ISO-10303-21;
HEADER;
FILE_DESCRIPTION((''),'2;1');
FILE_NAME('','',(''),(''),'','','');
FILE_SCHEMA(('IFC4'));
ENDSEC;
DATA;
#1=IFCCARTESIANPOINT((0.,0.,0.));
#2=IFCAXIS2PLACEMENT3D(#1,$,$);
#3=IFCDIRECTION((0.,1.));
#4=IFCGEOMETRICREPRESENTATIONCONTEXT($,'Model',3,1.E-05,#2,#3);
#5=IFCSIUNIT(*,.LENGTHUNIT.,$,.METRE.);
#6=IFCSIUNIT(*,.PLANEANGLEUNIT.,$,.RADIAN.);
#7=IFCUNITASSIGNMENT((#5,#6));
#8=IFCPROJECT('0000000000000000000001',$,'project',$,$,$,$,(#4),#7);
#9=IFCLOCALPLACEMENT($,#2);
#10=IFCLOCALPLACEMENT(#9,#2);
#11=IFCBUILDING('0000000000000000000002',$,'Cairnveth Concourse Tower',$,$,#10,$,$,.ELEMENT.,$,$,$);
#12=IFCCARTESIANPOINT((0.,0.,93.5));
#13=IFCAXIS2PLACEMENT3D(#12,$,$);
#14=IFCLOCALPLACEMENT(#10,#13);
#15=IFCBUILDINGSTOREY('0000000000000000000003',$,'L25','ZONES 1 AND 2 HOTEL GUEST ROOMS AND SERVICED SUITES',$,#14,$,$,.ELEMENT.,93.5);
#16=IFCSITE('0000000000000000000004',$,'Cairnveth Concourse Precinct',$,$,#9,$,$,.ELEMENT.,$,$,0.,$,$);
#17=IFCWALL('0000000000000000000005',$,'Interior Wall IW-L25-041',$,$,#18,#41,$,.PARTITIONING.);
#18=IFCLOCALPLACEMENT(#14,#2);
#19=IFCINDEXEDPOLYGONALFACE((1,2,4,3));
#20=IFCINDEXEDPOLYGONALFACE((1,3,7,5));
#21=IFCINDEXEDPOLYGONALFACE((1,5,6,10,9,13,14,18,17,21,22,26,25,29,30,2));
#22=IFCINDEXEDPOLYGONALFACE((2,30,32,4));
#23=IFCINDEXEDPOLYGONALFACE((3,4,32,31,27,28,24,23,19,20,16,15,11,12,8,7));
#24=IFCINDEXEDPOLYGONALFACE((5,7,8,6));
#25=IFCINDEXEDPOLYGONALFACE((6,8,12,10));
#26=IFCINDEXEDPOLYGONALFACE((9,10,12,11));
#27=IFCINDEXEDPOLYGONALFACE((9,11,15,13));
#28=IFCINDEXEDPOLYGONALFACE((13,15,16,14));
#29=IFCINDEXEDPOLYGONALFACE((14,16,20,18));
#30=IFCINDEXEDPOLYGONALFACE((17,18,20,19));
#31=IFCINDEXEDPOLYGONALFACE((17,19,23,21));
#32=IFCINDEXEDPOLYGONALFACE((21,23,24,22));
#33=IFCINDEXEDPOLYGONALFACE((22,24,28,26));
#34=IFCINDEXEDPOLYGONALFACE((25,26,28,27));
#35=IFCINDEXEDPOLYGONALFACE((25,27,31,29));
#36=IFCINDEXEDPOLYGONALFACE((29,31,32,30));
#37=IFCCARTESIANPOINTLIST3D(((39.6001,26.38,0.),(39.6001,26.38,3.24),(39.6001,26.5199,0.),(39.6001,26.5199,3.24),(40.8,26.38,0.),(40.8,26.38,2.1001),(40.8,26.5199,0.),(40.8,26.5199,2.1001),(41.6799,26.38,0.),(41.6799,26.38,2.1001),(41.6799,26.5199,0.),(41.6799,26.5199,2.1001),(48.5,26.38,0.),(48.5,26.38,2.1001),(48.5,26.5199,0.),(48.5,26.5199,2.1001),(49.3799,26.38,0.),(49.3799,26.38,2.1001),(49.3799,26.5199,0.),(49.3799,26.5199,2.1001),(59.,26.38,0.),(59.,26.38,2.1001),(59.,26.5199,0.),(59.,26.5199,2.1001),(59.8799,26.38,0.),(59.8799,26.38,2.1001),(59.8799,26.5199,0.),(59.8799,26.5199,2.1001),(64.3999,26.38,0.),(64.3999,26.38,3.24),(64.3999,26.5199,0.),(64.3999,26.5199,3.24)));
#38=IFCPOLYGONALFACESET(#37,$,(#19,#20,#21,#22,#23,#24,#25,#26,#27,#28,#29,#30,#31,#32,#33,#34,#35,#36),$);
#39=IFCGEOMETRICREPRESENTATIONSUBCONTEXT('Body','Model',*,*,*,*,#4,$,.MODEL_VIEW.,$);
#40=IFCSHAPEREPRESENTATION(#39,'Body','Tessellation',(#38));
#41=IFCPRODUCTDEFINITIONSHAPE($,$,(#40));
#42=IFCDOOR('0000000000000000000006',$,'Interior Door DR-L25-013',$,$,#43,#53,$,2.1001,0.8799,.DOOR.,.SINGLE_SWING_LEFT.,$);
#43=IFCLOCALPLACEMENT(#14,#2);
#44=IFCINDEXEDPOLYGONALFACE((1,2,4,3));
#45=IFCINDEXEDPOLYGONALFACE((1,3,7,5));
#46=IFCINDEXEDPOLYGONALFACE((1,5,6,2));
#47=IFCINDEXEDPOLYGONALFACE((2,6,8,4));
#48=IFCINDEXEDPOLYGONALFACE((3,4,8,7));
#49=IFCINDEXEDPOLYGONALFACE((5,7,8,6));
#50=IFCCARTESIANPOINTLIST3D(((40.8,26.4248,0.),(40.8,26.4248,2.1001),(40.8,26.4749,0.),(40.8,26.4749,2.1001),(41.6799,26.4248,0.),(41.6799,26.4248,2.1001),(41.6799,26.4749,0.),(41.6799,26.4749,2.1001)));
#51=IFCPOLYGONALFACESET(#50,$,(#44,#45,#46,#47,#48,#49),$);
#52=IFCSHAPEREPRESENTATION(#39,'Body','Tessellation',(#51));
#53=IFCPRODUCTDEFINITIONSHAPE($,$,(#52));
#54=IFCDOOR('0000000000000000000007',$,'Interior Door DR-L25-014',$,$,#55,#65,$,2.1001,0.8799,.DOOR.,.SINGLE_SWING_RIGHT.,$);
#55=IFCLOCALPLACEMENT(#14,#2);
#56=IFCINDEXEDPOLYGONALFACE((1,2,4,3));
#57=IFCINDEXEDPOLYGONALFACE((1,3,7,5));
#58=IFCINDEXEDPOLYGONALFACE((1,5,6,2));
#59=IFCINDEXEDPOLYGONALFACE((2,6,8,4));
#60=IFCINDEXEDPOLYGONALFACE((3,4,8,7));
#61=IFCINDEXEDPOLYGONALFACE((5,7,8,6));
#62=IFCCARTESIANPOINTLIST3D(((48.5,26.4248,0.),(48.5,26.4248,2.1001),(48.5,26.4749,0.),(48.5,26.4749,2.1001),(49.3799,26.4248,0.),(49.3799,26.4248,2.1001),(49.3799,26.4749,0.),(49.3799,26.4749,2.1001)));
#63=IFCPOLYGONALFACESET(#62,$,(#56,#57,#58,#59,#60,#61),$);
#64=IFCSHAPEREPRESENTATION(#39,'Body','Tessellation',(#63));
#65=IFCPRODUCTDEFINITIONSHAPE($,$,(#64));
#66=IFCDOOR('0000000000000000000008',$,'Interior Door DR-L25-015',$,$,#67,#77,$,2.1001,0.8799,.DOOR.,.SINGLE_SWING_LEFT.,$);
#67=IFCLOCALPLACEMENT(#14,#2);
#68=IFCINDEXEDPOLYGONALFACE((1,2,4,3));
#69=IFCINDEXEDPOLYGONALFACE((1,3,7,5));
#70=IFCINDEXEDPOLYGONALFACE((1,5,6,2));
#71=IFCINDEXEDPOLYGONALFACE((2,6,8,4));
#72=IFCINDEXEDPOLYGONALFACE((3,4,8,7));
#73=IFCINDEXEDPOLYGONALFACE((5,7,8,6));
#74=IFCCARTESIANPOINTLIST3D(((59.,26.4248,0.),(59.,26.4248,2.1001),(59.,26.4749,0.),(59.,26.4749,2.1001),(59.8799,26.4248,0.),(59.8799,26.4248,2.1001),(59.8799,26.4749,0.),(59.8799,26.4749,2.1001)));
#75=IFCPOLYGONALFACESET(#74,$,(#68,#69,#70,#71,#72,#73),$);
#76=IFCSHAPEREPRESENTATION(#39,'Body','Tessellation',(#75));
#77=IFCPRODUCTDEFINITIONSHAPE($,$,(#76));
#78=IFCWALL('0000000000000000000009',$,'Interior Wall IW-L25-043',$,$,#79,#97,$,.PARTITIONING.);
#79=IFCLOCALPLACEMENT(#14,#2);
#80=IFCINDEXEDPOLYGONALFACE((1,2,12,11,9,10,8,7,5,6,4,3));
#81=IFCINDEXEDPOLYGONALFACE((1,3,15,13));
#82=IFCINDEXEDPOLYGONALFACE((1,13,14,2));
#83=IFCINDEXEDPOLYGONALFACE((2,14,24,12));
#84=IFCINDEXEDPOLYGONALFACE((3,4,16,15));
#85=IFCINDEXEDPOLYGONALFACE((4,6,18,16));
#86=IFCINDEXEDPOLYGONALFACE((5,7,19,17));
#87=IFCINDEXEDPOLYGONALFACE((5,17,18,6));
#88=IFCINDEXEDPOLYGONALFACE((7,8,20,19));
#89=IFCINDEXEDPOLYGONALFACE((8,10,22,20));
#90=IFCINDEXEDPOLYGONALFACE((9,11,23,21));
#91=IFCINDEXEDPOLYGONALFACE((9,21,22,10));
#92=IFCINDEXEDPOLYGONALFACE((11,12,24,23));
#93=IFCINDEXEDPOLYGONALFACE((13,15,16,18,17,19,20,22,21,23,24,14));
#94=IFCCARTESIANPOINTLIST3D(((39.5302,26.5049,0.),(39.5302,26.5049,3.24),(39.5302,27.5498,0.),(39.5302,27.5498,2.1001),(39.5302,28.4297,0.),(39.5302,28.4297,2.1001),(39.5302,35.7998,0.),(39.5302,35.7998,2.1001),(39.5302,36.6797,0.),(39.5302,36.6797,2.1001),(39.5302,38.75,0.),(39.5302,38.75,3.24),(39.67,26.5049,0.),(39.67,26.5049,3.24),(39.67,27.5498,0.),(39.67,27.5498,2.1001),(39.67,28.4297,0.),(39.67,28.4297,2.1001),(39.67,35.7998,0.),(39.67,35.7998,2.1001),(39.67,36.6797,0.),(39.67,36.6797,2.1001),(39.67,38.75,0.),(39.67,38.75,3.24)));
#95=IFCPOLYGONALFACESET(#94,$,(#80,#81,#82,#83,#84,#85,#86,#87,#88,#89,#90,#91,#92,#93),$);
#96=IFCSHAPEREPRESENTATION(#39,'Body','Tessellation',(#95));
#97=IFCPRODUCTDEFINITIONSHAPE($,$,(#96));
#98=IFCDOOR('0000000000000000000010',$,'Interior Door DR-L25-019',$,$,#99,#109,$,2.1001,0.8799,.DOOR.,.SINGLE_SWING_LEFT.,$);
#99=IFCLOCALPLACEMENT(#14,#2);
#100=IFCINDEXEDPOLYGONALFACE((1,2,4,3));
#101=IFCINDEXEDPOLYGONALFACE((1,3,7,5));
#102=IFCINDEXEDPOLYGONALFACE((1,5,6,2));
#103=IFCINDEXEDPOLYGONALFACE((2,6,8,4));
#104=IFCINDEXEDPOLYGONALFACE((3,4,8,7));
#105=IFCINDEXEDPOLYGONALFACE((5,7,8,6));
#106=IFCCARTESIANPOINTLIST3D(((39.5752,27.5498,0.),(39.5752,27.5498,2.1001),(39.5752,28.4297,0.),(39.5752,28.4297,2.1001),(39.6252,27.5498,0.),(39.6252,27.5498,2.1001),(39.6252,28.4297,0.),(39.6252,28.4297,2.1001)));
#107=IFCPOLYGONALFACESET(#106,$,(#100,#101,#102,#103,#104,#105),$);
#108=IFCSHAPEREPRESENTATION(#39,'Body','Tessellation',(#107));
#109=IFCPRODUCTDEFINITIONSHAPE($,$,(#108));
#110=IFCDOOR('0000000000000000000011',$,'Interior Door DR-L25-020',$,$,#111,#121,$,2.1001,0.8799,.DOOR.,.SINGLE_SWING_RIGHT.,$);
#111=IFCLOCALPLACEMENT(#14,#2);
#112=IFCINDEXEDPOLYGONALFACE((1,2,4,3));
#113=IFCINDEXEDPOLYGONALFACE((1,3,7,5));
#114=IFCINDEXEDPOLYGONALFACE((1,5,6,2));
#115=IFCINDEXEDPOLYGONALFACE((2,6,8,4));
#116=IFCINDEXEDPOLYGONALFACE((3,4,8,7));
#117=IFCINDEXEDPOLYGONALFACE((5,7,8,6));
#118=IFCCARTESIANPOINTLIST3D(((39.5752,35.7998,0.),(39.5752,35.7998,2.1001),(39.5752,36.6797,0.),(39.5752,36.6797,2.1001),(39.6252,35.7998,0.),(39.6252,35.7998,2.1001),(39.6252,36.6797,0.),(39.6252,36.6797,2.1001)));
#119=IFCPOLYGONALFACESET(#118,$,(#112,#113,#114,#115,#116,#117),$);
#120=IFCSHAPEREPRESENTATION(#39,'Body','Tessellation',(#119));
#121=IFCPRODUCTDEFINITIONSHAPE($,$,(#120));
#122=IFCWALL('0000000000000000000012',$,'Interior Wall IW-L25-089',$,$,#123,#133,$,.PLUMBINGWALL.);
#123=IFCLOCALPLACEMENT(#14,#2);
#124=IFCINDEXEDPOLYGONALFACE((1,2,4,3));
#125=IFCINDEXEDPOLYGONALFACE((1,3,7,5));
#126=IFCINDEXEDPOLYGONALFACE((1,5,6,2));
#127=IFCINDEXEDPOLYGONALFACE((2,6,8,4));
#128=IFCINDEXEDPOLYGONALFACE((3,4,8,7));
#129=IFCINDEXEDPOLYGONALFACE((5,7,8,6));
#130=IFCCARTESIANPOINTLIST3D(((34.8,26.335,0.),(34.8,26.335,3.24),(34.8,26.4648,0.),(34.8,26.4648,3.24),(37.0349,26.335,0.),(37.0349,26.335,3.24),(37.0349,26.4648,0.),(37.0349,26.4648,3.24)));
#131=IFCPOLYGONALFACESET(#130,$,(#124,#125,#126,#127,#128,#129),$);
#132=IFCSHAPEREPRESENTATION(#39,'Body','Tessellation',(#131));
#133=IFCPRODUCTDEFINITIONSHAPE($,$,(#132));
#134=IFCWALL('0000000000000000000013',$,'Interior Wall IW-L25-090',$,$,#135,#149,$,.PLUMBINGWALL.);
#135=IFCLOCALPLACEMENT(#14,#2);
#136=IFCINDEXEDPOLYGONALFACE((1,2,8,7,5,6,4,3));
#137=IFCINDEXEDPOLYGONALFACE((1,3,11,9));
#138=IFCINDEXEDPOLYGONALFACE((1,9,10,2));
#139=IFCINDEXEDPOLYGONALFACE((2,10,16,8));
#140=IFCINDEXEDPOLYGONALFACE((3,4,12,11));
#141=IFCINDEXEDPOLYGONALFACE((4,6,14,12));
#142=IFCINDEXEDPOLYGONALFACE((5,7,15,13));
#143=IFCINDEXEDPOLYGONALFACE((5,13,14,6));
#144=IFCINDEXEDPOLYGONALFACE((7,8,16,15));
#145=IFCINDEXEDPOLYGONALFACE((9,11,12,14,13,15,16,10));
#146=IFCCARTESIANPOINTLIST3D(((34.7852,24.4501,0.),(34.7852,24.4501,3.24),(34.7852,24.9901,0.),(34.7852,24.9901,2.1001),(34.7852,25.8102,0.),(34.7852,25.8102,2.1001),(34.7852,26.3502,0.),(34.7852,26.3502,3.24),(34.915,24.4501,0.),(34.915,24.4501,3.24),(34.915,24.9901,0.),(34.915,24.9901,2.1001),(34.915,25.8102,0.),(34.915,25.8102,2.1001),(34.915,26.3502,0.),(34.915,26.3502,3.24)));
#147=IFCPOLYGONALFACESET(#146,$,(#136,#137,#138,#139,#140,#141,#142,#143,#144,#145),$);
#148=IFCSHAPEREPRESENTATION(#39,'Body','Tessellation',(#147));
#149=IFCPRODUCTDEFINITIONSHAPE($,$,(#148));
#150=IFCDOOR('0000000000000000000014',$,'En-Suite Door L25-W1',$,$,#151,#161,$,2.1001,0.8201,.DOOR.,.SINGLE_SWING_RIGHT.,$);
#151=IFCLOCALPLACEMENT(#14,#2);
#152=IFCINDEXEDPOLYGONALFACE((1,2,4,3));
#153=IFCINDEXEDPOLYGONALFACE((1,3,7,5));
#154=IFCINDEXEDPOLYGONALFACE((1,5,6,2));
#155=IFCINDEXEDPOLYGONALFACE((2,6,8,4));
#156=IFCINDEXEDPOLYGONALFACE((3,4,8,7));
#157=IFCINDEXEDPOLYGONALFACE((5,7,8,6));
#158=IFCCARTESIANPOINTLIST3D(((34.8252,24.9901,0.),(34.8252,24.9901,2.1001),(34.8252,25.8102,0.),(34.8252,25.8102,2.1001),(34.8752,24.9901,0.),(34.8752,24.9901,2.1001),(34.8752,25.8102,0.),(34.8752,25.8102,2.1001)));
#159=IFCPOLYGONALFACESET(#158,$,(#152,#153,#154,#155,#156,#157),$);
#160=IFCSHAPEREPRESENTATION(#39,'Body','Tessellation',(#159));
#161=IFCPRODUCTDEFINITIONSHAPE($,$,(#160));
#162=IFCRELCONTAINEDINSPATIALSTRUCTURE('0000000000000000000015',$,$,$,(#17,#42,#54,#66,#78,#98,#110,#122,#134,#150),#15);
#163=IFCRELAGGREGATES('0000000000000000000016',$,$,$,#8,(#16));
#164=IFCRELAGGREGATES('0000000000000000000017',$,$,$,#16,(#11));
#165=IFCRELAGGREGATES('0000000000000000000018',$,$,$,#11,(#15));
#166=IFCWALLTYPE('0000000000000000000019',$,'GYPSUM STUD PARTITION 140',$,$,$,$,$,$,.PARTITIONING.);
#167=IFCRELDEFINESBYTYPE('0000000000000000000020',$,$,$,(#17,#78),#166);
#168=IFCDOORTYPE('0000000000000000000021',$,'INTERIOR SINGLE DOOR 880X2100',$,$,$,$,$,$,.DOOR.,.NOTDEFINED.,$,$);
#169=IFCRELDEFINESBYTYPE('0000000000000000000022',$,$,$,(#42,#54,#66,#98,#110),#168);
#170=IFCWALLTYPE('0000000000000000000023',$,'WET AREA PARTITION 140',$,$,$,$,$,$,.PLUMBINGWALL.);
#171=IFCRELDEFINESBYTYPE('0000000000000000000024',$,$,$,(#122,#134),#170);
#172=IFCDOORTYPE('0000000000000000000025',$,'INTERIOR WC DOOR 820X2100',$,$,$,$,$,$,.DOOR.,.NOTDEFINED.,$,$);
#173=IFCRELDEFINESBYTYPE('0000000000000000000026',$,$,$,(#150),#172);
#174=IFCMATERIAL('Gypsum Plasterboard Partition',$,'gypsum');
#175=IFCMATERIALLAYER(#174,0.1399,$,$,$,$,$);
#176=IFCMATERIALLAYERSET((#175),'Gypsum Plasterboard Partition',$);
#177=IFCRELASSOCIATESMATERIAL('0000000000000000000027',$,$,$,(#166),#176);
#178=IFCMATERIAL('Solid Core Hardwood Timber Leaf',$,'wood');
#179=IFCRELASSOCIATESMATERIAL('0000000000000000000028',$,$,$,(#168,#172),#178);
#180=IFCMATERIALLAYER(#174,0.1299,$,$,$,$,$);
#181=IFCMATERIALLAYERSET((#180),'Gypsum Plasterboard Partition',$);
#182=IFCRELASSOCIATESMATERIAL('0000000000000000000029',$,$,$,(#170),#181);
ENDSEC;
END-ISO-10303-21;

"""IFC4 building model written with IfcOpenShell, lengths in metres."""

from ifc_helpers import new_model, si_unit, direction, frame, frame_2d, origin, place, context, subcontext, project, spatial, rectangle, extrude, material, layer, layer_set, type_object, element, fill, save


model = new_model("IFC4")

# Units and contexts
model_context = context("Model", 3, precision=1e-05, world=origin(), true_north=direction((0.0, 1.0)))
body_context = subcontext(model_context, "Body", "Model", "MODEL_VIEW")
ifc_project = project(units=[si_unit("LENGTHUNIT", "METRE"), si_unit("PLANEANGLEUNIT", "RADIAN")], contexts=[model_context])

# Site, building, storey
site_placement = place(None, origin())
site = spatial("IfcSite", under=ifc_project, at=site_placement, Name="Cairnveth Concourse Precinct", CompositionType="ELEMENT", RefElevation=0.0)
building_placement = place(site_placement, origin())
building = spatial("IfcBuilding", under=site, at=building_placement, Name="Cairnveth Concourse Tower", CompositionType="ELEMENT")
storey_placement = place(building_placement, frame((0.0, 0.0, 93.5)))
storey = spatial("IfcBuildingStorey", under=building, at=storey_placement, Name="L25", Description="ZONES 1 AND 2 HOTEL GUEST ROOMS AND SERVICED SUITES", CompositionType="ELEMENT", Elevation=93.5)

# Walls, openings, doors
ifc_material_1 = material(Name="Gypsum Plasterboard Partition", Category="gypsum")
ifc_material_2 = material(Name="Solid Core Hardwood Timber Leaf", Category="wood")
ifc_layer_1 = layer(ifc_material_1, 0.1399)
ifc_layer_set_1 = layer_set([ifc_layer_1], Name="Gypsum Plasterboard Partition")
wall_type_1 = type_object("IfcWallType", Name="GYPSUM STUD PARTITION 140", PredefinedType="PARTITIONING", material=ifc_layer_set_1)
wall_1_placement = place(storey_placement, frame((39.6001, 26.45, 0.0), z_axis=(0.0, 0.0, 1.0), x_axis=(1.0, 0.0, 0.0)))
wall_1 = element("IfcWall", 1, at=wall_1_placement, inside=storey, type_object=wall_type_1, Name="Interior Wall IW-L25-041", PredefinedType="PARTITIONING", context=body_context, shape_type="SweptSolid", body=[
    extrude(rectangle(XDim=24.7998, YDim=0.1399, at=frame_2d((12.3999, 0.0))), origin(), (0.0, 0.0, 1.0), 3.24),
])
opening_1_placement = place(wall_1_placement, frame((1.2, 0.0, 0.0)))
opening_1 = element("IfcOpeningElement", 2, at=opening_1_placement, cuts=wall_1, PredefinedType="OPENING", context=body_context, shape_type="SweptSolid", body=[
    extrude(rectangle(XDim=0.8799, YDim=2.1001, at=frame_2d((0.4399, 1.05))), frame((0.0, 0.0798, 0.0), z_axis=(0.0, -1.0, 0.0), x_axis=(1.0, 0.0, 0.0)), (0.0, 0.0, 1.0), 0.1599),
])
opening_2_placement = place(wall_1_placement, frame((8.8999, 0.0, 0.0)))
opening_2 = element("IfcOpeningElement", 3, at=opening_2_placement, cuts=wall_1, PredefinedType="OPENING", context=body_context, shape_type="SweptSolid", body=[
    extrude(rectangle(XDim=0.8799, YDim=2.1001, at=frame_2d((0.4399, 1.05))), frame((0.0, 0.0798, 0.0), z_axis=(0.0, -1.0, 0.0), x_axis=(1.0, 0.0, 0.0)), (0.0, 0.0, 1.0), 0.1599),
])
opening_3_placement = place(wall_1_placement, frame((19.3999, 0.0, 0.0)))
opening_3 = element("IfcOpeningElement", 4, at=opening_3_placement, cuts=wall_1, PredefinedType="OPENING", context=body_context, shape_type="SweptSolid", body=[
    extrude(rectangle(XDim=0.8799, YDim=2.1001, at=frame_2d((0.4399, 1.05))), frame((0.0, 0.0798, 0.0), z_axis=(0.0, -1.0, 0.0), x_axis=(1.0, 0.0, 0.0)), (0.0, 0.0, 1.0), 0.1599),
])
door_type_1 = type_object("IfcDoorType", Name="INTERIOR SINGLE DOOR 880X2100", OperationType="NOTDEFINED", PredefinedType="DOOR", material=ifc_material_2)
door_1_placement = place(opening_1_placement, origin())
door_1 = element("IfcDoor", 5, at=door_1_placement, inside=storey, type_object=door_type_1, Name="Interior Door DR-L25-013", OperationType="SINGLE_SWING_LEFT", OverallHeight=2.1001, OverallWidth=0.8799, PredefinedType="DOOR", context=body_context, shape_type="SweptSolid", body=[
    extrude(rectangle(XDim=0.8799, YDim=2.1001, at=frame_2d((0.4399, 1.05))), frame((0.0, 0.0249, 0.0), z_axis=(0.0, -1.0, 0.0), x_axis=(1.0, 0.0, 0.0)), (0.0, 0.0, 1.0), 0.05),
])
fill(opening_1, door_1)
door_2_placement = place(opening_2_placement, origin())
door_2 = element("IfcDoor", 6, at=door_2_placement, inside=storey, type_object=door_type_1, Name="Interior Door DR-L25-014", OperationType="SINGLE_SWING_RIGHT", OverallHeight=2.1001, OverallWidth=0.8799, PredefinedType="DOOR", context=body_context, shape_type="SweptSolid", body=[
    extrude(rectangle(XDim=0.8799, YDim=2.1001, at=frame_2d((0.4399, 1.05))), frame((0.0, 0.0249, 0.0), z_axis=(0.0, -1.0, 0.0), x_axis=(1.0, 0.0, 0.0)), (0.0, 0.0, 1.0), 0.05),
])
fill(opening_2, door_2)
door_3_placement = place(opening_3_placement, origin())
door_3 = element("IfcDoor", 7, at=door_3_placement, inside=storey, type_object=door_type_1, Name="Interior Door DR-L25-015", OperationType="SINGLE_SWING_LEFT", OverallHeight=2.1001, OverallWidth=0.8799, PredefinedType="DOOR", context=body_context, shape_type="SweptSolid", body=[
    extrude(rectangle(XDim=0.8799, YDim=2.1001, at=frame_2d((0.4399, 1.05))), frame((0.0, 0.0249, 0.0), z_axis=(0.0, -1.0, 0.0), x_axis=(1.0, 0.0, 0.0)), (0.0, 0.0, 1.0), 0.05),
])
fill(opening_3, door_3)
wall_2_placement = place(storey_placement, frame((39.6001, 26.5049, 0.0), z_axis=(0.0, 0.0, 1.0), x_axis=(0.0, 1.0, 0.0)))
wall_2 = element("IfcWall", 8, at=wall_2_placement, inside=storey, type_object=wall_type_1, Name="Interior Wall IW-L25-043", PredefinedType="PARTITIONING", context=body_context, shape_type="SweptSolid", body=[
    extrude(rectangle(XDim=12.2451, YDim=0.1399, at=frame_2d((6.1226, 0.0))), origin(), (0.0, 0.0, 1.0), 3.24),
])
opening_4_placement = place(wall_2_placement, frame((1.0449, 0.0, 0.0)))
opening_4 = element("IfcOpeningElement", 9, at=opening_4_placement, cuts=wall_2, PredefinedType="OPENING", context=body_context, shape_type="SweptSolid", body=[
    extrude(rectangle(XDim=0.8799, YDim=2.1001, at=frame_2d((0.4399, 1.05))), frame((0.0, 0.0798, 0.0), z_axis=(0.0, -1.0, 0.0), x_axis=(1.0, 0.0, 0.0)), (0.0, 0.0, 1.0), 0.1599),
])
opening_5_placement = place(wall_2_placement, frame((9.2949, 0.0, 0.0)))
opening_5 = element("IfcOpeningElement", 10, at=opening_5_placement, cuts=wall_2, PredefinedType="OPENING", context=body_context, shape_type="SweptSolid", body=[
    extrude(rectangle(XDim=0.8799, YDim=2.1001, at=frame_2d((0.4399, 1.05))), frame((0.0, 0.0798, 0.0), z_axis=(0.0, -1.0, 0.0), x_axis=(1.0, 0.0, 0.0)), (0.0, 0.0, 1.0), 0.1599),
])
door_4_placement = place(opening_4_placement, origin())
door_4 = element("IfcDoor", 11, at=door_4_placement, inside=storey, type_object=door_type_1, Name="Interior Door DR-L25-019", OperationType="SINGLE_SWING_LEFT", OverallHeight=2.1001, OverallWidth=0.8799, PredefinedType="DOOR", context=body_context, shape_type="SweptSolid", body=[
    extrude(rectangle(XDim=0.8799, YDim=2.1001, at=frame_2d((0.4399, 1.05))), frame((0.0, 0.0249, 0.0), z_axis=(0.0, -1.0, 0.0), x_axis=(1.0, 0.0, 0.0)), (0.0, 0.0, 1.0), 0.05),
])
fill(opening_4, door_4)
door_5_placement = place(opening_5_placement, origin())
door_5 = element("IfcDoor", 12, at=door_5_placement, inside=storey, type_object=door_type_1, Name="Interior Door DR-L25-020", OperationType="SINGLE_SWING_RIGHT", OverallHeight=2.1001, OverallWidth=0.8799, PredefinedType="DOOR", context=body_context, shape_type="SweptSolid", body=[
    extrude(rectangle(XDim=0.8799, YDim=2.1001, at=frame_2d((0.4399, 1.05))), frame((0.0, 0.0249, 0.0), z_axis=(0.0, -1.0, 0.0), x_axis=(1.0, 0.0, 0.0)), (0.0, 0.0, 1.0), 0.05),
])
fill(opening_5, door_5)

# Wall
ifc_layer_2 = layer(ifc_material_1, 0.1299)
ifc_layer_set_2 = layer_set([ifc_layer_2], Name="Gypsum Plasterboard Partition")
wall_type_2 = type_object("IfcWallType", Name="WET AREA PARTITION 140", PredefinedType="PLUMBINGWALL", material=ifc_layer_set_2)
wall_3_placement = place(storey_placement, frame((34.8, 26.3999, 0.0), z_axis=(0.0, 0.0, 1.0), x_axis=(1.0, 0.0, 0.0)))
element("IfcWall", 13, at=wall_3_placement, inside=storey, type_object=wall_type_2, Name="Interior Wall IW-L25-089", PredefinedType="PLUMBINGWALL", context=body_context, shape_type="SweptSolid", body=[
    extrude(rectangle(XDim=2.2349, YDim=0.1299, at=frame_2d((1.1174, 0.0))), origin(), (0.0, 0.0, 1.0), 3.24),
])

# Wall, opening, door
wall_4_placement = place(storey_placement, frame((34.8501, 24.45, 0.0), z_axis=(0.0, 0.0, 1.0), x_axis=(0.0, 1.0, 0.0)))
wall_4 = element("IfcWall", 14, at=wall_4_placement, inside=storey, type_object=wall_type_2, Name="Interior Wall IW-L25-090", PredefinedType="PLUMBINGWALL", context=body_context, shape_type="SweptSolid", body=[
    extrude(rectangle(XDim=1.9001, YDim=0.1299, at=frame_2d((0.9502, 0.0))), origin(), (0.0, 0.0, 1.0), 3.24),
])
opening_6_placement = place(wall_4_placement, frame((0.54, 0.0, 0.0)))
opening_6 = element("IfcOpeningElement", 15, at=opening_6_placement, cuts=wall_4, PredefinedType="OPENING", context=body_context, shape_type="SweptSolid", body=[
    extrude(rectangle(XDim=0.8201, YDim=2.1001, at=frame_2d((0.4102, 1.05))), frame((0.0, 0.075, 0.0), z_axis=(0.0, -1.0, 0.0), x_axis=(1.0, 0.0, 0.0)), (0.0, 0.0, 1.0), 0.1499),
])
door_type_2 = type_object("IfcDoorType", Name="INTERIOR WC DOOR 820X2100", OperationType="NOTDEFINED", PredefinedType="DOOR", material=ifc_material_2)
door_6_placement = place(opening_6_placement, origin())
door_6 = element("IfcDoor", 16, at=door_6_placement, inside=storey, type_object=door_type_2, Name="En-Suite Door L25-W1", OperationType="SINGLE_SWING_RIGHT", OverallHeight=2.1001, OverallWidth=0.8201, PredefinedType="DOOR", context=body_context, shape_type="SweptSolid", body=[
    extrude(rectangle(XDim=0.8201, YDim=2.1001, at=frame_2d((0.4102, 1.05))), frame((0.0, 0.0249, 0.0), z_axis=(0.0, -1.0, 0.0), x_axis=(1.0, 0.0, 0.0)), (0.0, 0.0, 1.0), 0.05),
])
fill(opening_6, door_6)

save(model, "model.ifc")
